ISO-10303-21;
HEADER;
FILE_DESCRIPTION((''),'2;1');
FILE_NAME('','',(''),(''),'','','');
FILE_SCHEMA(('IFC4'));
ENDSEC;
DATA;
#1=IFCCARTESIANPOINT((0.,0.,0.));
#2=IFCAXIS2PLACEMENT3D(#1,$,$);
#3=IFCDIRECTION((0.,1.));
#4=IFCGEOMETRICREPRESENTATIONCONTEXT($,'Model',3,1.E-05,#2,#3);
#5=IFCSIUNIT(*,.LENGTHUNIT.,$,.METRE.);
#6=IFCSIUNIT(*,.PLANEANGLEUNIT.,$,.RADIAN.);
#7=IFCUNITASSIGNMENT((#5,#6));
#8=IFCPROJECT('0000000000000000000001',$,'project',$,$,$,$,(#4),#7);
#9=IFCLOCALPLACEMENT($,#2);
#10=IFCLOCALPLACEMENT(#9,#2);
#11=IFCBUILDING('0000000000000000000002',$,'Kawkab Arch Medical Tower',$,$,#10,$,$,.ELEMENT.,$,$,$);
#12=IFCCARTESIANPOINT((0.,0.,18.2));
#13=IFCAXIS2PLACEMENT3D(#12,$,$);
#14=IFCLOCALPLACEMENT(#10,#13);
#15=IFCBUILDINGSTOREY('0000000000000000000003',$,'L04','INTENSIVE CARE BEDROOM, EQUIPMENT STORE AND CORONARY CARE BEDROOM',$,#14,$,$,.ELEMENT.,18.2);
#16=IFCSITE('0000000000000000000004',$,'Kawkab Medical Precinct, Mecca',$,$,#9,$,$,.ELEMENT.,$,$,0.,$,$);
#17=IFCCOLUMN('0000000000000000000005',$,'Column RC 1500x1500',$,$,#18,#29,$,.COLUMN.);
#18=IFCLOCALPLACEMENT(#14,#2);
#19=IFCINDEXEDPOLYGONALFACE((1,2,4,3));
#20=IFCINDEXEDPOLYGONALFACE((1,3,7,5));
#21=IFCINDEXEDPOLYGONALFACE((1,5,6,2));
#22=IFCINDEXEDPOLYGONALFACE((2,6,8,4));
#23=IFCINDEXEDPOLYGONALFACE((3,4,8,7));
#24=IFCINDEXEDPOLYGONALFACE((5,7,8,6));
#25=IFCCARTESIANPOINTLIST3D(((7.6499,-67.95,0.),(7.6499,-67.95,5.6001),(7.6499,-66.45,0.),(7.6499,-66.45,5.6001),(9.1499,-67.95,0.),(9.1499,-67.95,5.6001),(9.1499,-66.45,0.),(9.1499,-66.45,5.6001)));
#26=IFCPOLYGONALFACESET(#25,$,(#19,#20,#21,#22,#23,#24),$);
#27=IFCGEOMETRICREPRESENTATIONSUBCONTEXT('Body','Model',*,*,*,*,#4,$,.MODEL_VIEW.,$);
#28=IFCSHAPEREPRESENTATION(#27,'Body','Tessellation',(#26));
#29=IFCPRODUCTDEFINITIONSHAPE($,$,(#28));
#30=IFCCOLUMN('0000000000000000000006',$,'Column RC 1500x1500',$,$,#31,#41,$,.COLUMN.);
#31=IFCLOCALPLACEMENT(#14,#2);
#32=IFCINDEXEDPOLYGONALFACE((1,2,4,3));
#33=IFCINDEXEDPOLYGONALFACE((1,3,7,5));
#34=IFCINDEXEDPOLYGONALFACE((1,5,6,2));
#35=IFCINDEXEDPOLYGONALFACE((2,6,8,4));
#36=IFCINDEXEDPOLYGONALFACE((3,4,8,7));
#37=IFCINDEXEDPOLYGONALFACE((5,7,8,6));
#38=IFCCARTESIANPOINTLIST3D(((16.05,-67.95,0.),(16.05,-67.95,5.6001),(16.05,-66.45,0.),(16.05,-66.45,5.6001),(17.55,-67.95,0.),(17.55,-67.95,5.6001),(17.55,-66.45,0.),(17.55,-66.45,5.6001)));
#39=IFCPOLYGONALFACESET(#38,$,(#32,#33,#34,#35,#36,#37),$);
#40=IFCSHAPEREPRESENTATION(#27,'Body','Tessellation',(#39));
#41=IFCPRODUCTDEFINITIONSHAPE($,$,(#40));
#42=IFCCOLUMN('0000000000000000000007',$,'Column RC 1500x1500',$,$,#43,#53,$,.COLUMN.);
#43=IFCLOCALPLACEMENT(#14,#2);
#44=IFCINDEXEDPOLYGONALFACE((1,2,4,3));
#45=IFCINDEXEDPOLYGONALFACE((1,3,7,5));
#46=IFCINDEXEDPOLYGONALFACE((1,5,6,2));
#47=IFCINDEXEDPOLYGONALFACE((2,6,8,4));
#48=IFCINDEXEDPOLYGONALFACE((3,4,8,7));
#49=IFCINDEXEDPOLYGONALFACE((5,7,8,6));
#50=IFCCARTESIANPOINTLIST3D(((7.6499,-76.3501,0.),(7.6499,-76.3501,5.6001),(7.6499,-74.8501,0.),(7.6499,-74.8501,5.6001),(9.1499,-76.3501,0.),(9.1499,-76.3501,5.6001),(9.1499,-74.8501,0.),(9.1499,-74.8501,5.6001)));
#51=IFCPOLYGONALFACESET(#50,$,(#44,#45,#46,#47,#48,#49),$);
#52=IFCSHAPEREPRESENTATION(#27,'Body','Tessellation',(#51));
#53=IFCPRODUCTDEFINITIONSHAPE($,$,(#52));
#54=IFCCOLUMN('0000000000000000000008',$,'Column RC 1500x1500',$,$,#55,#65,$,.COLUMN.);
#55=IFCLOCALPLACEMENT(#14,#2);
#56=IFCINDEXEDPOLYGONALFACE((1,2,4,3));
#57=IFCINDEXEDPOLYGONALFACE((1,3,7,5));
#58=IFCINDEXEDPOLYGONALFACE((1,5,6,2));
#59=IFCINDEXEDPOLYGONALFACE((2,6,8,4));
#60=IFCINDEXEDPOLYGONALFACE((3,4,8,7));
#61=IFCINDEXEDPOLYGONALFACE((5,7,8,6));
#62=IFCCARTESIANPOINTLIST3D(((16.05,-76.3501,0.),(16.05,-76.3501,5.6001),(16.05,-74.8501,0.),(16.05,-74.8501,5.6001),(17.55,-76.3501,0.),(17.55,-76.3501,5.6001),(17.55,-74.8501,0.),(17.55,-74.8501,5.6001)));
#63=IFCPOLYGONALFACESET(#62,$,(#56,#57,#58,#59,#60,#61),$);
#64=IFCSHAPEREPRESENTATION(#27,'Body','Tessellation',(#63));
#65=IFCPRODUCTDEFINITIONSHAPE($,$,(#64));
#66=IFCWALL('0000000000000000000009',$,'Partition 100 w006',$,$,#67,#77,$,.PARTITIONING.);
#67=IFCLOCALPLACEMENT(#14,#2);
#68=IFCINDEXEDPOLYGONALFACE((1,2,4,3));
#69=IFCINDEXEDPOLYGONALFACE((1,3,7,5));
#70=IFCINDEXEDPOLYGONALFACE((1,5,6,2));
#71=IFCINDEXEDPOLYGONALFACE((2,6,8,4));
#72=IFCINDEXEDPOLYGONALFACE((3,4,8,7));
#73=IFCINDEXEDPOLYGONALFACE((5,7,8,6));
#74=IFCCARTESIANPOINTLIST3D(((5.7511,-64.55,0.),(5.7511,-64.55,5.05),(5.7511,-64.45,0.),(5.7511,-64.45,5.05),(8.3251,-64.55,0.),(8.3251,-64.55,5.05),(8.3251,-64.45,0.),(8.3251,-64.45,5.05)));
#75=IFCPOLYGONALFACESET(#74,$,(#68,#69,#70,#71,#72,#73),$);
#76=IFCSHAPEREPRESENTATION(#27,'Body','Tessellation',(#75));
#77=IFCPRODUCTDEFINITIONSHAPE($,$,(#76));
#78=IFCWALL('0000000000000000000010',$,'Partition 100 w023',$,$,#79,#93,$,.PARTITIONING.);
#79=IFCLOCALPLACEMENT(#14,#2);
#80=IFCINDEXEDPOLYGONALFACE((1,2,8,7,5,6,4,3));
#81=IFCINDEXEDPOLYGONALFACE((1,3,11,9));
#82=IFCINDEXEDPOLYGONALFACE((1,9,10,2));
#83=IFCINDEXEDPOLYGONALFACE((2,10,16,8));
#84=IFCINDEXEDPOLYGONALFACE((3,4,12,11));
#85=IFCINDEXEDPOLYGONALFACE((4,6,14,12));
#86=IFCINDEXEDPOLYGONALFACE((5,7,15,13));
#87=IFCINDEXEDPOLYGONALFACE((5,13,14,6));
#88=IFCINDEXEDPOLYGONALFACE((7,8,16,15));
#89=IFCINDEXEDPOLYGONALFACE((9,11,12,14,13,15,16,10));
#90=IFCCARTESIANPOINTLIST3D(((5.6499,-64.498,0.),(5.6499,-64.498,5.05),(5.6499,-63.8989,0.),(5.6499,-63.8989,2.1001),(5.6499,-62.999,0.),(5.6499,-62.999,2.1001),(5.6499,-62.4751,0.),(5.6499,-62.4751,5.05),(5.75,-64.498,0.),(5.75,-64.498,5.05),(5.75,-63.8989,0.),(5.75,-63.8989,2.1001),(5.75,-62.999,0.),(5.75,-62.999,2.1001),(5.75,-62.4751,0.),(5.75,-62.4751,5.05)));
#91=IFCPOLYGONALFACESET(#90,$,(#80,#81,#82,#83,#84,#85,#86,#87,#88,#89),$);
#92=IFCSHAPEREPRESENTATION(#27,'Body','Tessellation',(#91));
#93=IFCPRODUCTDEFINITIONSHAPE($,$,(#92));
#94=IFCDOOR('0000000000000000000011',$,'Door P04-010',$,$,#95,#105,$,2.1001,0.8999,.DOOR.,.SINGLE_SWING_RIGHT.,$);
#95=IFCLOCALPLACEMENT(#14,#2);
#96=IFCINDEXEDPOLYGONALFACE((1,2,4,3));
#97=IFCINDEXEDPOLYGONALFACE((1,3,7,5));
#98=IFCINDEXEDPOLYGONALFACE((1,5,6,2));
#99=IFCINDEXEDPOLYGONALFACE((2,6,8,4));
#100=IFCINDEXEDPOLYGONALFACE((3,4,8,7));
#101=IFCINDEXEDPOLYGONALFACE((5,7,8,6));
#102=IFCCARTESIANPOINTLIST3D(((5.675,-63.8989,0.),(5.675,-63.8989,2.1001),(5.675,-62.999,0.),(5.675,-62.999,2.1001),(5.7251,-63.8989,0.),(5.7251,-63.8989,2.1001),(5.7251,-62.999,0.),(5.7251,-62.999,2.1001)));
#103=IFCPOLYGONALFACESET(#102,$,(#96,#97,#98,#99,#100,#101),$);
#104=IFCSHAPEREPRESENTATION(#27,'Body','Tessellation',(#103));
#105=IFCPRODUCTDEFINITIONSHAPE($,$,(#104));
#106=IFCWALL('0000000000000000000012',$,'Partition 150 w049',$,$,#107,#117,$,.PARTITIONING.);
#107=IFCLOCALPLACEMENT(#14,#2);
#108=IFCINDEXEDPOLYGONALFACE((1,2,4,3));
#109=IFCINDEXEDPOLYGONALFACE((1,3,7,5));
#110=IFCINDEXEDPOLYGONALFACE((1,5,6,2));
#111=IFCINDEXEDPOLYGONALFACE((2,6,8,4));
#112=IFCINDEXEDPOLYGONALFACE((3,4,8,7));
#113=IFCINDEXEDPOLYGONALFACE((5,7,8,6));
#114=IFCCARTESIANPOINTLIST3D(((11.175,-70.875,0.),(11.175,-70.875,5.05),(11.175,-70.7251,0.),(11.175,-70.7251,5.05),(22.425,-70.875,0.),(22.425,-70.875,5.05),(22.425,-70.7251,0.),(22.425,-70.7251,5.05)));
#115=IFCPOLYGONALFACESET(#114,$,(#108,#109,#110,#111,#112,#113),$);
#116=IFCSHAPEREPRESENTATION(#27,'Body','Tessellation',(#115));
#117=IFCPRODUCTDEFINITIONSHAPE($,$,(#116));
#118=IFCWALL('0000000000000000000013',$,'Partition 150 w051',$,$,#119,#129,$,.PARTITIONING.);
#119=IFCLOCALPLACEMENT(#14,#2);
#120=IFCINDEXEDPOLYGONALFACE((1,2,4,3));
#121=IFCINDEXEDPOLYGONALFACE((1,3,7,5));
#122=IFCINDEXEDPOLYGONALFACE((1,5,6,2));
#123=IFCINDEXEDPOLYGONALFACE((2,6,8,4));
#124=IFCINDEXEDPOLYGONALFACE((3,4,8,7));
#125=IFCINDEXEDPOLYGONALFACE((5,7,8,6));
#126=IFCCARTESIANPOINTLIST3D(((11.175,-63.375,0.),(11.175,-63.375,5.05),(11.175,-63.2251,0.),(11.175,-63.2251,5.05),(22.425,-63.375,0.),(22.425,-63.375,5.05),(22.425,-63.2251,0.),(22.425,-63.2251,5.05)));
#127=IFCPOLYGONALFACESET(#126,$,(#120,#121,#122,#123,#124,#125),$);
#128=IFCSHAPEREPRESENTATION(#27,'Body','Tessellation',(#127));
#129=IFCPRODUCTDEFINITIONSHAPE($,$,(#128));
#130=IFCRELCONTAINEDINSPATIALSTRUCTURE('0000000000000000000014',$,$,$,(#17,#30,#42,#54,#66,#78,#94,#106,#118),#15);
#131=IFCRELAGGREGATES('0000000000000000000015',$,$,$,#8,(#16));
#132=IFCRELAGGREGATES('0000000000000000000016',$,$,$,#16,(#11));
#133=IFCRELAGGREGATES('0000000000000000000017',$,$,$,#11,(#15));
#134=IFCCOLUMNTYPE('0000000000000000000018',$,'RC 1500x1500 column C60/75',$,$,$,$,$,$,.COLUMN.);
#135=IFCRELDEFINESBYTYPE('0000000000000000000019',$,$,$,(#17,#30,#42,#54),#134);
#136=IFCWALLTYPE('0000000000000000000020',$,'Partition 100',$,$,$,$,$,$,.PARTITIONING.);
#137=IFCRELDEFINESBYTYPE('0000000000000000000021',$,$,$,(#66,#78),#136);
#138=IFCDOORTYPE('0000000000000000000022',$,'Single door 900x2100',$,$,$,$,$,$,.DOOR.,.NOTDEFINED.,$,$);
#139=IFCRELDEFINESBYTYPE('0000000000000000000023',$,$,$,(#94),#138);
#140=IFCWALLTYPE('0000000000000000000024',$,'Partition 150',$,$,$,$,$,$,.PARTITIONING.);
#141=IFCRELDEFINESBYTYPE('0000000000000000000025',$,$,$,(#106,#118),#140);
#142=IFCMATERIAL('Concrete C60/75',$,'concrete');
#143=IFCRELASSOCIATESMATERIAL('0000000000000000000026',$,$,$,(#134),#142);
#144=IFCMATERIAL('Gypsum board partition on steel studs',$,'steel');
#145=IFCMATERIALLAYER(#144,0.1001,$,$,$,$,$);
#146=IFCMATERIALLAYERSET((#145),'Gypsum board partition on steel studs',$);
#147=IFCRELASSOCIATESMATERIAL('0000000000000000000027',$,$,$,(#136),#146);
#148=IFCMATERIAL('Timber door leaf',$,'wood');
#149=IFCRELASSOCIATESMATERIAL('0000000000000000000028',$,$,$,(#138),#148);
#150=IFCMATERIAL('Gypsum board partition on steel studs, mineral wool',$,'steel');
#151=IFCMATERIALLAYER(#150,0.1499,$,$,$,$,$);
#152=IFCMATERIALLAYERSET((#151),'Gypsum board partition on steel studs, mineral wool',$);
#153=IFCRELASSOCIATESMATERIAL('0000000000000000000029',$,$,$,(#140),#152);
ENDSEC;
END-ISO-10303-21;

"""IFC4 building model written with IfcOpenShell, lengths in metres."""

from ifc_helpers import new_model, si_unit, direction, frame, frame_2d, origin, origin_2d, place, context, subcontext, project, spatial, rectangle, extrude, material, layer, layer_set, material_profile, profile_set, type_object, element, fill, save


model = new_model("IFC4")

# Units and contexts
model_context = context("Model", 3, precision=1e-05, world=origin(), true_north=direction((0.0, 1.0)))
body_context = subcontext(model_context, "Body", "Model", "MODEL_VIEW")
ifc_project = project(units=[si_unit("LENGTHUNIT", "METRE"), si_unit("PLANEANGLEUNIT", "RADIAN")], contexts=[model_context])

# Site, building, storey
site_placement = place(None, origin())
site = spatial("IfcSite", under=ifc_project, at=site_placement, Name="Kawkab Medical Precinct, Mecca", CompositionType="ELEMENT", RefElevation=0.0)
building_placement = place(site_placement, origin())
building = spatial("IfcBuilding", under=site, at=building_placement, Name="Kawkab Arch Medical Tower", CompositionType="ELEMENT")
storey_placement = place(building_placement, frame((0.0, 0.0, 18.2)))
storey = spatial("IfcBuildingStorey", under=building, at=storey_placement, Name="L04", Description="INTENSIVE CARE BEDROOM, EQUIPMENT STORE AND CORONARY CARE BEDROOM", CompositionType="ELEMENT", Elevation=18.2)

# Columns
ifc_material_1 = material(Name="Concrete C60/75", Category="concrete")
ifc_material_profile = material_profile(ifc_material_1, rectangle(XDim=1.5, YDim=1.5, at=origin_2d()), Name="RC 1500x1500")
ifc_profile_set = profile_set([ifc_material_profile], Name="Concrete C60/75")
column_type = type_object("IfcColumnType", Name="RC 1500x1500 column C60/75", PredefinedType="COLUMN", material=ifc_profile_set)
for number, where, z_axis, x_axis, name in (
    (1, (8.3999, -67.2, 0.0), (0.0, 0.0, 1.0), (1.0, 0.0, 0.0), "Column RC 1500x1500"),
    (2, (16.8, -67.2, 0.0), (0.0, 0.0, 1.0), (1.0, 0.0, 0.0), "Column RC 1500x1500"),
    (3, (8.3999, -75.6001, 0.0), (0.0, 0.0, 1.0), (1.0, 0.0, 0.0), "Column RC 1500x1500"),
    (4, (16.8, -75.6001, 0.0), (0.0, 0.0, 1.0), (1.0, 0.0, 0.0), "Column RC 1500x1500"),
):
    element("IfcColumn", number, at=place(storey_placement, frame(where, z_axis=z_axis, x_axis=x_axis)), inside=storey, type_object=column_type, Name=name, PredefinedType="COLUMN", context=body_context, shape_type="SweptSolid", body=[
        extrude(rectangle(XDim=1.5, YDim=1.5, at=origin_2d()), origin(), (0.0, 0.0, 1.0), 5.6001),
    ])

# Wall
ifc_material_2 = material(Name="Gypsum board partition on steel studs", Category="steel")
ifc_layer_1 = layer(ifc_material_2, 0.1001)
ifc_layer_set_1 = layer_set([ifc_layer_1], Name="Gypsum board partition on steel studs")
wall_type_1 = type_object("IfcWallType", Name="Partition 100", PredefinedType="PARTITIONING", material=ifc_layer_set_1)
wall_1_placement = place(storey_placement, frame((5.751, -64.5, 0.0), z_axis=(0.0, 0.0, 1.0), x_axis=(1.0, 0.0, 0.0)))
element("IfcWall", 5, at=wall_1_placement, inside=storey, type_object=wall_type_1, Name="Partition 100 w006", PredefinedType="PARTITIONING", context=body_context, shape_type="SweptSolid", body=[
    extrude(rectangle(XDim=2.574, YDim=0.1001, at=frame_2d((1.2871, 0.0))), origin(), (0.0, 0.0, 1.0), 5.05),
])

# Wall, opening, door
wall_2_placement = place(storey_placement, frame((5.7, -64.498, 0.0), z_axis=(0.0, 0.0, 1.0), x_axis=(0.0, 1.0, 0.0)))
wall_2 = element("IfcWall", 6, at=wall_2_placement, inside=storey, type_object=wall_type_1, Name="Partition 100 w023", PredefinedType="PARTITIONING", context=body_context, shape_type="SweptSolid", body=[
    extrude(rectangle(XDim=2.0229, YDim=0.1001, at=frame_2d((1.0115, 0.0))), origin(), (0.0, 0.0, 1.0), 5.05),
])
opening_1_placement = place(wall_2_placement, frame((0.5991, 0.0, 0.0)))
opening_1 = element("IfcOpeningElement", 7, at=opening_1_placement, cuts=wall_2, PredefinedType="OPENING", context=body_context, shape_type="SweptSolid", body=[
    extrude(rectangle(XDim=0.8999, YDim=2.1001, at=frame_2d((0.45, 1.05))), frame((0.0, 0.0601, 0.0), z_axis=(0.0, -1.0, 0.0), x_axis=(1.0, 0.0, 0.0)), (0.0, 0.0, 1.0), 0.1201),
])
ifc_material_3 = material(Name="Timber door leaf", Category="wood")
door_type_1 = type_object("IfcDoorType", Name="Single door 900x2100", OperationType="NOTDEFINED", PredefinedType="DOOR", material=ifc_material_3)
door_1_placement = place(opening_1_placement, origin())
door_1 = element("IfcDoor", 8, at=door_1_placement, inside=storey, type_object=door_type_1, Name="Door P04-010", OperationType="SINGLE_SWING_RIGHT", OverallHeight=2.1001, OverallWidth=0.8999, PredefinedType="DOOR", context=body_context, shape_type="SweptSolid", body=[
    extrude(rectangle(XDim=0.8999, YDim=2.1001, at=frame_2d((0.45, 1.05))), frame((0.0, 0.0249, 0.0), z_axis=(0.0, -1.0, 0.0), x_axis=(1.0, 0.0, 0.0)), (0.0, 0.0, 1.0), 0.05),
])
fill(opening_1, door_1)

# Walls
ifc_material_4 = material(Name="Gypsum board partition on steel studs, mineral wool", Category="steel")
ifc_layer_2 = layer(ifc_material_4, 0.1499)
ifc_layer_set_2 = layer_set([ifc_layer_2], Name="Gypsum board partition on steel studs, mineral wool")
wall_type_2 = type_object("IfcWallType", Name="Partition 150", PredefinedType="PARTITIONING", material=ifc_layer_set_2)
for number, where, z_axis, x_axis, name in (
    (9, (11.175, -70.8, 0.0), (0.0, 0.0, 1.0), (1.0, 0.0, 0.0), "Partition 150 w049"),
    (10, (11.175, -63.3, 0.0), (0.0, 0.0, 1.0), (1.0, 0.0, 0.0), "Partition 150 w051"),
):
    element("IfcWall", number, at=place(storey_placement, frame(where, z_axis=z_axis, x_axis=x_axis)), inside=storey, type_object=wall_type_2, Name=name, PredefinedType="PARTITIONING", context=body_context, shape_type="SweptSolid", body=[
        extrude(rectangle(XDim=11.25, YDim=0.1499, at=frame_2d((5.625, 0.0))), origin(), (0.0, 0.0, 1.0), 5.05),
    ])

save(model, "model.ifc")
